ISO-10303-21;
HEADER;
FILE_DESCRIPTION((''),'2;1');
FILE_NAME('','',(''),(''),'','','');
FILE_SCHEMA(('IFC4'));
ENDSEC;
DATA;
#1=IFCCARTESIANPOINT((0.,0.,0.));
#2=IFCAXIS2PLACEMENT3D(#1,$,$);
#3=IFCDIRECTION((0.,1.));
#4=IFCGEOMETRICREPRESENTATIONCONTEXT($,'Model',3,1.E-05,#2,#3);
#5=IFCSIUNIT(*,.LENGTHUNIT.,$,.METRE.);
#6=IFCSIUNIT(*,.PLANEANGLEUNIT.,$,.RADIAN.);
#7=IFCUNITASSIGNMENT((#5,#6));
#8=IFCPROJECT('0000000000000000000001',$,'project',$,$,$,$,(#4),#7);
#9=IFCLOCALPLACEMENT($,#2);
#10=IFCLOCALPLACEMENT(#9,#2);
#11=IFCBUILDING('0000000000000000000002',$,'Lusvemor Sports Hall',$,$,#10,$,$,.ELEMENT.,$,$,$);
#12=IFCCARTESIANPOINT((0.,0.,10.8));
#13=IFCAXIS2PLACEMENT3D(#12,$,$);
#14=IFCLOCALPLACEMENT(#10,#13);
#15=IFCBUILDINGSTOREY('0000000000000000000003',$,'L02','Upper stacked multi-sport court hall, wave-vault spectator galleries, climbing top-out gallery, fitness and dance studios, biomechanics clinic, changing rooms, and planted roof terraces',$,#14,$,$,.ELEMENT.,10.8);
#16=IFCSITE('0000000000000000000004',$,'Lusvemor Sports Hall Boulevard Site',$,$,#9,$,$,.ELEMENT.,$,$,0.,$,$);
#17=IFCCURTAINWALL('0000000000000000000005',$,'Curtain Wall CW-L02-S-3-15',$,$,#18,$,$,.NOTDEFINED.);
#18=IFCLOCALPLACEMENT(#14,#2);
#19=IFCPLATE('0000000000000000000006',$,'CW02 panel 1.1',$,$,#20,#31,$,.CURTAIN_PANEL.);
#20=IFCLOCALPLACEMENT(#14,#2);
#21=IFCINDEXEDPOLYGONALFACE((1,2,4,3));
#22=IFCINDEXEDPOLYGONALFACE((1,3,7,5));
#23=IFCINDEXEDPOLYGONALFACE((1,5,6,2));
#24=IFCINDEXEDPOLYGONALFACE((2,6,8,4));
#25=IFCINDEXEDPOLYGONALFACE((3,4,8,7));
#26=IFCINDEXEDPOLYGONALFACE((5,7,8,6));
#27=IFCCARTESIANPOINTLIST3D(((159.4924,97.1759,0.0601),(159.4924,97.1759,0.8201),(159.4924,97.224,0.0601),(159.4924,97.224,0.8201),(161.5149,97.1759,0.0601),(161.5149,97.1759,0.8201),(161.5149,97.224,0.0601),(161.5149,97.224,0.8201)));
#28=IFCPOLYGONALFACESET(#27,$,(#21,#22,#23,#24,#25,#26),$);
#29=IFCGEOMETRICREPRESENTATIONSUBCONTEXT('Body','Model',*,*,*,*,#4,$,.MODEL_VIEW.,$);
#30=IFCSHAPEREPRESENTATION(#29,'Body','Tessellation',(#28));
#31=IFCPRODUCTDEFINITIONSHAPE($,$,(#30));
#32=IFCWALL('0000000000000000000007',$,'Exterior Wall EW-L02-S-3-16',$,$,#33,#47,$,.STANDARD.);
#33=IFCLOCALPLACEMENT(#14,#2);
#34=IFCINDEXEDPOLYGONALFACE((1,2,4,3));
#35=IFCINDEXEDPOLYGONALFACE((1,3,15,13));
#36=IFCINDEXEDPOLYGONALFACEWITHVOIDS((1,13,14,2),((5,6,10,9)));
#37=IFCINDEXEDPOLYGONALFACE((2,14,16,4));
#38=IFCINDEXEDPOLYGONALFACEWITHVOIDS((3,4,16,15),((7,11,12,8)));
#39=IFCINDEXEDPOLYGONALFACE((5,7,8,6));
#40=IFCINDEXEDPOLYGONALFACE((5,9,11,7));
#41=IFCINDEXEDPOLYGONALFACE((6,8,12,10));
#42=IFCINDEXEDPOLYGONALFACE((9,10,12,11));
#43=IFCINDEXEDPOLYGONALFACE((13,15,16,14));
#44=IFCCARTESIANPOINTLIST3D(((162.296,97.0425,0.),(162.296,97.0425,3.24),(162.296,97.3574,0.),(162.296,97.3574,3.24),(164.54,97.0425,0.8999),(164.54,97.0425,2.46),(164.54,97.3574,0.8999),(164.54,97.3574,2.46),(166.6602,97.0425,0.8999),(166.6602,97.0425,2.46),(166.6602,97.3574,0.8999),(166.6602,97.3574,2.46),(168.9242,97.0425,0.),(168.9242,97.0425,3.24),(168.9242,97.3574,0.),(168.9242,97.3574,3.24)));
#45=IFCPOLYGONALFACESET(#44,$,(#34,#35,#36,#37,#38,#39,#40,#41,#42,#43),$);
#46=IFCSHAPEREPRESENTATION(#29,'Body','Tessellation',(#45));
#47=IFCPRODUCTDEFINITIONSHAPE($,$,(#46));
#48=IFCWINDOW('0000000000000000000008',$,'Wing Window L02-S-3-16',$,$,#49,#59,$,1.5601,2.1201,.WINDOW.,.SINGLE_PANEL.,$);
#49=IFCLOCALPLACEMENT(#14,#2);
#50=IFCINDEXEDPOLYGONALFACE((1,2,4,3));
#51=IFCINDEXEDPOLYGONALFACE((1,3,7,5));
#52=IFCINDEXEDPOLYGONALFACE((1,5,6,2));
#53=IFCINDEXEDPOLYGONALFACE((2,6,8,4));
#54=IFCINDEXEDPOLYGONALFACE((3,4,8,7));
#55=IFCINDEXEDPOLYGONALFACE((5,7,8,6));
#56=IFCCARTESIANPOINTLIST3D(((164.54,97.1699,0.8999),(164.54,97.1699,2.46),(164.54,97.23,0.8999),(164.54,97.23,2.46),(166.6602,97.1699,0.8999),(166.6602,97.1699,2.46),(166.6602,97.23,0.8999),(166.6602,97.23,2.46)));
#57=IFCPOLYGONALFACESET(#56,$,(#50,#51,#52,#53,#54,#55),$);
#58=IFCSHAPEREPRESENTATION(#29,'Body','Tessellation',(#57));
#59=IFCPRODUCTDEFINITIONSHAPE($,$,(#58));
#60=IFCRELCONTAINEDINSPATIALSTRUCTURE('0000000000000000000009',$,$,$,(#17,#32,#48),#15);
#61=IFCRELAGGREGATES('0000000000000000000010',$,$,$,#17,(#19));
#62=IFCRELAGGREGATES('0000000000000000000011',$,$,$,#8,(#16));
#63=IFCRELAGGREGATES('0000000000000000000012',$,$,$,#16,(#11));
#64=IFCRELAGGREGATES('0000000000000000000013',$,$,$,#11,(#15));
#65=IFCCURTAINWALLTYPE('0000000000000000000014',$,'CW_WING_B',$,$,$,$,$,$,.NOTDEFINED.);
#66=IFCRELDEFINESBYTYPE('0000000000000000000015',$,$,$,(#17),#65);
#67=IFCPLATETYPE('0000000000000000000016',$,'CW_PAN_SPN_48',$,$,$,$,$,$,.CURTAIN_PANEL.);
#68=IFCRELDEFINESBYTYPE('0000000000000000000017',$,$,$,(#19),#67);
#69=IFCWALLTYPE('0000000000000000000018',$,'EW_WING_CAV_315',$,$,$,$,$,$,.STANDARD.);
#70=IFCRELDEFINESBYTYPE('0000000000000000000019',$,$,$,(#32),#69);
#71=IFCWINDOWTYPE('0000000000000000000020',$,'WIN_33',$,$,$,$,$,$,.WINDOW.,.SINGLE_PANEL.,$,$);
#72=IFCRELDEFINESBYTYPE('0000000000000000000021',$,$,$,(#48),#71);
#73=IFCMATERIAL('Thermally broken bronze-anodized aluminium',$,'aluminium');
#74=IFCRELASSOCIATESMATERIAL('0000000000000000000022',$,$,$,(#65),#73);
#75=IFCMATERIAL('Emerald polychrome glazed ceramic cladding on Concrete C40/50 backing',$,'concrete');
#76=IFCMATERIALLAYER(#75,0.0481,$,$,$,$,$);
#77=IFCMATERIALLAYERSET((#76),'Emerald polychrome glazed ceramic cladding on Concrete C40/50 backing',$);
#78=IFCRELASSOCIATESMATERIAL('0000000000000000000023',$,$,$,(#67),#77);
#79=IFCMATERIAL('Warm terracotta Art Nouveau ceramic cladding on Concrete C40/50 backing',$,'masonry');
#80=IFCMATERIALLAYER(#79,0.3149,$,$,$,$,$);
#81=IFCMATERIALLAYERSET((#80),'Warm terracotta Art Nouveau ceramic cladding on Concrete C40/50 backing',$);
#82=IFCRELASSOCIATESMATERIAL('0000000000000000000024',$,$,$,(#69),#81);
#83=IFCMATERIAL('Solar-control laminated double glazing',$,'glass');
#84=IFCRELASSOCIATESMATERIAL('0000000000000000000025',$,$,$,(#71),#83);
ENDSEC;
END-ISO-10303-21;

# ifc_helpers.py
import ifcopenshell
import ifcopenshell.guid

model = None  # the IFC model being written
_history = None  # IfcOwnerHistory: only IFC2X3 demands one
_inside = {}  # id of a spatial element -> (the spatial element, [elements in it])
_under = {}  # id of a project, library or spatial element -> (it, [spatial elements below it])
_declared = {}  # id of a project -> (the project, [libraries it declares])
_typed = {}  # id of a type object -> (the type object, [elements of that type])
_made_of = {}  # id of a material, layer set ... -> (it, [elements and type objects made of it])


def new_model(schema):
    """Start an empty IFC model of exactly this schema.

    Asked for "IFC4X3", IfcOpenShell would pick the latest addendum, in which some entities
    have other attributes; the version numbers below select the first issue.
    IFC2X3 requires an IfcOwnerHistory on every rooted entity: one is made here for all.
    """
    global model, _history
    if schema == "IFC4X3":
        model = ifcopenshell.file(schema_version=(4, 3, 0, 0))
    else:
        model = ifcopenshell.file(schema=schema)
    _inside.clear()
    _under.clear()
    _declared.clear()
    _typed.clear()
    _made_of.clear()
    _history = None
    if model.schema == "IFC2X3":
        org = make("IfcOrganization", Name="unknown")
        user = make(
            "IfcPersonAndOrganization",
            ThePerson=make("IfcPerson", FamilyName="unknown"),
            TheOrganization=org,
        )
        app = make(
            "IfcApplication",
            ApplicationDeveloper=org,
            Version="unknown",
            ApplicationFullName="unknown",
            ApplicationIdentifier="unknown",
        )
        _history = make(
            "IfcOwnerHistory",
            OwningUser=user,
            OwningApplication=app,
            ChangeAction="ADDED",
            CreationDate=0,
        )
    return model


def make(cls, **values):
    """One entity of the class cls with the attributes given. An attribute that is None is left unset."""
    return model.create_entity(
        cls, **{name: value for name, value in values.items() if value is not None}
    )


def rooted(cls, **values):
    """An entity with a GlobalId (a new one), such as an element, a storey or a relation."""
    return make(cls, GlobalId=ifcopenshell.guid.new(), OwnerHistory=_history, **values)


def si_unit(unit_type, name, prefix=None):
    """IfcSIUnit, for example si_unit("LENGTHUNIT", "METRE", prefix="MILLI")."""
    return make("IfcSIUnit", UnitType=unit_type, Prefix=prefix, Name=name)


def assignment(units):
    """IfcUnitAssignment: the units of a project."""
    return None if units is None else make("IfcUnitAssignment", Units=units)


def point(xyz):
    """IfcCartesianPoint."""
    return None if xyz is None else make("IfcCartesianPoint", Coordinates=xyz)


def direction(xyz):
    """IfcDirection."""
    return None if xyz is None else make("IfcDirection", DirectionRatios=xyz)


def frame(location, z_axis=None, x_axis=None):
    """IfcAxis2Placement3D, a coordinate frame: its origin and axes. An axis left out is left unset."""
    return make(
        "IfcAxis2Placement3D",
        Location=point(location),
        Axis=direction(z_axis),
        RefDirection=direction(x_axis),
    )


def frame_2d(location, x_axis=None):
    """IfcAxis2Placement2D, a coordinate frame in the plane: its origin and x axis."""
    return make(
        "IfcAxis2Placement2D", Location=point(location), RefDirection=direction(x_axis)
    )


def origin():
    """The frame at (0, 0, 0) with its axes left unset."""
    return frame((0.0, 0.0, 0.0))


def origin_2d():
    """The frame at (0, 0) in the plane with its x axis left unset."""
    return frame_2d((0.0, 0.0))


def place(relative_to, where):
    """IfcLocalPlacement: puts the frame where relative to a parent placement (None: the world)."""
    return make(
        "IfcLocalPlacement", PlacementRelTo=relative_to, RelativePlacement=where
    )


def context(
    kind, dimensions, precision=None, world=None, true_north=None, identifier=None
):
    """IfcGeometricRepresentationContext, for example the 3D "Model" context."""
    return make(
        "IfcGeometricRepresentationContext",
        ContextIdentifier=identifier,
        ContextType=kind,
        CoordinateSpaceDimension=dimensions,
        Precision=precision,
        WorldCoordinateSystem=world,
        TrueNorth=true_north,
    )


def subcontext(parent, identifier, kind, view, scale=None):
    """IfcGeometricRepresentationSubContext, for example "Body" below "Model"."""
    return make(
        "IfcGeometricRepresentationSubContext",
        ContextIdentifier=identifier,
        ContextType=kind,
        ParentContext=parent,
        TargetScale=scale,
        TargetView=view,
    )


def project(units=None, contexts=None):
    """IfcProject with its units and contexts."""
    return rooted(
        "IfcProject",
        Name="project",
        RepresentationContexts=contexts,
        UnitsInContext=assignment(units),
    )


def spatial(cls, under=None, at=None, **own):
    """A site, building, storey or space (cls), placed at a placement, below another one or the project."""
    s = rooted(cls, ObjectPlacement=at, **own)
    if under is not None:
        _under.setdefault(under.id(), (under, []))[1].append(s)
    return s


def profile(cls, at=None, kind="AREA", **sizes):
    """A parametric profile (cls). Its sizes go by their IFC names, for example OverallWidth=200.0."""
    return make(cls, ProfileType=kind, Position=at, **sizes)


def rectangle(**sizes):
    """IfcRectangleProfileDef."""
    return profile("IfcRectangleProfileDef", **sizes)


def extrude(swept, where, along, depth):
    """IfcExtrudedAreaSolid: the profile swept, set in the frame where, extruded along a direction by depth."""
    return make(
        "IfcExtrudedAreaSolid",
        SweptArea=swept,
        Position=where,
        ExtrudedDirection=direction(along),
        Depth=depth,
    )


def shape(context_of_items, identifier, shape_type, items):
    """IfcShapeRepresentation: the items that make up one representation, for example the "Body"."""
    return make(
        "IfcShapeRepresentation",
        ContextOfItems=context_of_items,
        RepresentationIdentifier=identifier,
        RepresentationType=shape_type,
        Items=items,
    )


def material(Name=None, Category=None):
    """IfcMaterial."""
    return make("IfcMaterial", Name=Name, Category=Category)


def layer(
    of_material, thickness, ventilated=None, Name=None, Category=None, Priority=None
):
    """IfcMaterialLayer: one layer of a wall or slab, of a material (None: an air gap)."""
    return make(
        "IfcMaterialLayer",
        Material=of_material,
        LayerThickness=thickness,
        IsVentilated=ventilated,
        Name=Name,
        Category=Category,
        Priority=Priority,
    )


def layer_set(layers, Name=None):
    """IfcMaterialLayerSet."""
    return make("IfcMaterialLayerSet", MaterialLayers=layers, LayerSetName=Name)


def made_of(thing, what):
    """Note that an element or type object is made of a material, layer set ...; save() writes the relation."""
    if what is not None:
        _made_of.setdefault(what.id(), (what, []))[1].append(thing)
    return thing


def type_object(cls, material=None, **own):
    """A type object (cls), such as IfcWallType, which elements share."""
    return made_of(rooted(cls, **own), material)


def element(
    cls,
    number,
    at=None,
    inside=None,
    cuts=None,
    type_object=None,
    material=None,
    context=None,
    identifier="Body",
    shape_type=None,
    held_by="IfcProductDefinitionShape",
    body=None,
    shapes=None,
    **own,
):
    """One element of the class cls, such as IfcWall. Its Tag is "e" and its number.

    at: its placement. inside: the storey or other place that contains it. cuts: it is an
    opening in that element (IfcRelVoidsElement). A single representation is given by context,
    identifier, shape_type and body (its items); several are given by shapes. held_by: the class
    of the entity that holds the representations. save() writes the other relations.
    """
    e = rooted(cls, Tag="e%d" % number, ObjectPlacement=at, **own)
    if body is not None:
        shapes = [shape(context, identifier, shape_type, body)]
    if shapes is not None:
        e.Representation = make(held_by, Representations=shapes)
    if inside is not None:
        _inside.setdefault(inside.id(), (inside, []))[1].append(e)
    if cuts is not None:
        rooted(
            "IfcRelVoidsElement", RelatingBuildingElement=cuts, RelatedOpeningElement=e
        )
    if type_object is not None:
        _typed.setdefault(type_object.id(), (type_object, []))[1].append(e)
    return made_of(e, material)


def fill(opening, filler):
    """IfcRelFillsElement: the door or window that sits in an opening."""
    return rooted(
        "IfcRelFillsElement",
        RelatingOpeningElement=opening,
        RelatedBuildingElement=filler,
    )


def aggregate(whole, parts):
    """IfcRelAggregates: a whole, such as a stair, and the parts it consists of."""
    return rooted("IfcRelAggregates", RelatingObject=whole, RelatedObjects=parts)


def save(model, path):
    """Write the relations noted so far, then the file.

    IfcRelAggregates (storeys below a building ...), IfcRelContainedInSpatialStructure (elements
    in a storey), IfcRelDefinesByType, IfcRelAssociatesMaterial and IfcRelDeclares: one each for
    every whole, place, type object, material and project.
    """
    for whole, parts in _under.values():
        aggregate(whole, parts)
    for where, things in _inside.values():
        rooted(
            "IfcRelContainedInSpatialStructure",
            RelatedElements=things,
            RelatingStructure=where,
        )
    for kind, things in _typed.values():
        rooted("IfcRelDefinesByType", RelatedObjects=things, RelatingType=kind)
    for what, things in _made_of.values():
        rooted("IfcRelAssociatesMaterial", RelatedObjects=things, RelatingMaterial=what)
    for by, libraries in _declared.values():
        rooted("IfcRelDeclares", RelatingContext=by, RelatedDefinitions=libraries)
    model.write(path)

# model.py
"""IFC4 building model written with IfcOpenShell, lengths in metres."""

from ifc_helpers import new_model, si_unit, direction, frame, frame_2d, origin, origin_2d, place, context, subcontext, project, spatial, rectangle, extrude, material, layer, layer_set, type_object, element, fill, aggregate, save


model = new_model("IFC4")

# Units and contexts
model_context = context("Model", 3, precision=1e-05, world=origin(), true_north=direction((0.0, 1.0)))
body_context = subcontext(model_context, "Body", "Model", "MODEL_VIEW")
ifc_project = project(units=[si_unit("LENGTHUNIT", "METRE"), si_unit("PLANEANGLEUNIT", "RADIAN")], contexts=[model_context])

# Site, building, storey
site_placement = place(None, origin())
site = spatial("IfcSite", under=ifc_project, at=site_placement, Name="Lusvemor Sports Hall Boulevard Site", CompositionType="ELEMENT", RefElevation=0.0)
building_placement = place(site_placement, origin())
building = spatial("IfcBuilding", under=site, at=building_placement, Name="Lusvemor Sports Hall", CompositionType="ELEMENT")
storey_placement = place(building_placement, frame((0.0, 0.0, 10.8)))
storey = spatial("IfcBuildingStorey", under=building, at=storey_placement, Name="L02", Description="Upper stacked multi-sport court hall, wave-vault spectator galleries, climbing top-out gallery, fitness and dance studios, biomechanics clinic, changing rooms, and planted roof terraces", CompositionType="ELEMENT", Elevation=10.8)

# Shared definitions
ifc_material_1 = material(Name="Thermally broken bronze-anodized aluminium", Category="aluminium")
curtain_wall_type = type_object("IfcCurtainWallType", Name="CW_WING_B", PredefinedType="NOTDEFINED", material=ifc_material_1)

# Curtain wall
curtain_wall_1_placement = place(storey_placement, origin())
curtain_wall_1 = element("IfcCurtainWall", 1, at=curtain_wall_1_placement, inside=storey, type_object=curtain_wall_type, Name="Curtain Wall CW-L02-S-3-15", PredefinedType="NOTDEFINED")

# Plate
ifc_material_2 = material(Name="Emerald polychrome glazed ceramic cladding on Concrete C40/50 backing", Category="concrete")
ifc_layer_1 = layer(ifc_material_2, 0.0481)
ifc_layer_set_1 = layer_set([ifc_layer_1], Name="Emerald polychrome glazed ceramic cladding on Concrete C40/50 backing")
plate_type_1 = type_object("IfcPlateType", Name="CW_PAN_SPN_48", PredefinedType="CURTAIN_PANEL", material=ifc_layer_set_1)
plate_1_placement = place(storey_placement, frame((160.5037, 97.2, 0.0601), z_axis=(0.0, 0.0, 1.0), x_axis=(-1.0, 0.0, 0.0)))
plate_1 = element("IfcPlate", 2, at=plate_1_placement, type_object=plate_type_1, Name="CW02 panel 1.1", PredefinedType="CURTAIN_PANEL", context=body_context, shape_type="SweptSolid", body=[
    extrude(rectangle(XDim=2.0225, YDim=0.0481, at=origin_2d()), origin(), (0.0, 0.0, 1.0), 0.76),
])
aggregate(curtain_wall_1, [plate_1])

# Wall, opening, window
ifc_material_3 = material(Name="Warm terracotta Art Nouveau ceramic cladding on Concrete C40/50 backing", Category="masonry")
ifc_layer_2 = layer(ifc_material_3, 0.3149)
ifc_layer_set_2 = layer_set([ifc_layer_2], Name="Warm terracotta Art Nouveau ceramic cladding on Concrete C40/50 backing")
wall_type_1 = type_object("IfcWallType", Name="EW_WING_CAV_315", PredefinedType="STANDARD", material=ifc_layer_set_2)
wall_1_placement = place(storey_placement, frame((168.9241, 97.2, 0.0), z_axis=(0.0, 0.0, 1.0), x_axis=(-1.0, 0.0, 0.0)))
wall_1 = element("IfcWall", 3, at=wall_1_placement, inside=storey, type_object=wall_type_1, Name="Exterior Wall EW-L02-S-3-16", PredefinedType="STANDARD", context=body_context, shape_type="SweptSolid", body=[
    extrude(rectangle(XDim=6.6282, YDim=0.3149, at=frame_2d((3.314, 0.0))), origin(), (0.0, 0.0, 1.0), 3.24),
])
opening_1_placement = place(wall_1_placement, frame((2.2639, 0.0, 0.8999)))
opening_1 = element("IfcOpeningElement", 4, at=opening_1_placement, cuts=wall_1, PredefinedType="OPENING", context=body_context, shape_type="SweptSolid", body=[
    extrude(rectangle(XDim=2.1201, YDim=1.5601, at=frame_2d((1.0601, 0.78))), frame((0.0, 0.1575, 0.0), z_axis=(0.0, -1.0, 0.0), x_axis=(1.0, 0.0, 0.0)), (0.0, 0.0, 1.0), 0.3149),
])
ifc_material_4 = material(Name="Solar-control laminated double glazing", Category="glass")
window_type = type_object("IfcWindowType", Name="WIN_33", PartitioningType="SINGLE_PANEL", PredefinedType="WINDOW", material=ifc_material_4)
window_placement = place(opening_1_placement, origin())
window = element("IfcWindow", 5, at=window_placement, inside=storey, type_object=window_type, Name="Wing Window L02-S-3-16", OverallHeight=1.5601, OverallWidth=2.1201, PartitioningType="SINGLE_PANEL", PredefinedType="WINDOW", context=body_context, shape_type="SweptSolid", body=[
    extrude(rectangle(XDim=2.1201, YDim=1.5601, at=frame_2d((1.0601, 0.78))), frame((0.0, 0.03, 0.0), z_axis=(0.0, -1.0, 0.0), x_axis=(1.0, 0.0, 0.0)), (0.0, 0.0, 1.0), 0.0601),
])
fill(opening_1, window)

save(model, "model.ifc")
